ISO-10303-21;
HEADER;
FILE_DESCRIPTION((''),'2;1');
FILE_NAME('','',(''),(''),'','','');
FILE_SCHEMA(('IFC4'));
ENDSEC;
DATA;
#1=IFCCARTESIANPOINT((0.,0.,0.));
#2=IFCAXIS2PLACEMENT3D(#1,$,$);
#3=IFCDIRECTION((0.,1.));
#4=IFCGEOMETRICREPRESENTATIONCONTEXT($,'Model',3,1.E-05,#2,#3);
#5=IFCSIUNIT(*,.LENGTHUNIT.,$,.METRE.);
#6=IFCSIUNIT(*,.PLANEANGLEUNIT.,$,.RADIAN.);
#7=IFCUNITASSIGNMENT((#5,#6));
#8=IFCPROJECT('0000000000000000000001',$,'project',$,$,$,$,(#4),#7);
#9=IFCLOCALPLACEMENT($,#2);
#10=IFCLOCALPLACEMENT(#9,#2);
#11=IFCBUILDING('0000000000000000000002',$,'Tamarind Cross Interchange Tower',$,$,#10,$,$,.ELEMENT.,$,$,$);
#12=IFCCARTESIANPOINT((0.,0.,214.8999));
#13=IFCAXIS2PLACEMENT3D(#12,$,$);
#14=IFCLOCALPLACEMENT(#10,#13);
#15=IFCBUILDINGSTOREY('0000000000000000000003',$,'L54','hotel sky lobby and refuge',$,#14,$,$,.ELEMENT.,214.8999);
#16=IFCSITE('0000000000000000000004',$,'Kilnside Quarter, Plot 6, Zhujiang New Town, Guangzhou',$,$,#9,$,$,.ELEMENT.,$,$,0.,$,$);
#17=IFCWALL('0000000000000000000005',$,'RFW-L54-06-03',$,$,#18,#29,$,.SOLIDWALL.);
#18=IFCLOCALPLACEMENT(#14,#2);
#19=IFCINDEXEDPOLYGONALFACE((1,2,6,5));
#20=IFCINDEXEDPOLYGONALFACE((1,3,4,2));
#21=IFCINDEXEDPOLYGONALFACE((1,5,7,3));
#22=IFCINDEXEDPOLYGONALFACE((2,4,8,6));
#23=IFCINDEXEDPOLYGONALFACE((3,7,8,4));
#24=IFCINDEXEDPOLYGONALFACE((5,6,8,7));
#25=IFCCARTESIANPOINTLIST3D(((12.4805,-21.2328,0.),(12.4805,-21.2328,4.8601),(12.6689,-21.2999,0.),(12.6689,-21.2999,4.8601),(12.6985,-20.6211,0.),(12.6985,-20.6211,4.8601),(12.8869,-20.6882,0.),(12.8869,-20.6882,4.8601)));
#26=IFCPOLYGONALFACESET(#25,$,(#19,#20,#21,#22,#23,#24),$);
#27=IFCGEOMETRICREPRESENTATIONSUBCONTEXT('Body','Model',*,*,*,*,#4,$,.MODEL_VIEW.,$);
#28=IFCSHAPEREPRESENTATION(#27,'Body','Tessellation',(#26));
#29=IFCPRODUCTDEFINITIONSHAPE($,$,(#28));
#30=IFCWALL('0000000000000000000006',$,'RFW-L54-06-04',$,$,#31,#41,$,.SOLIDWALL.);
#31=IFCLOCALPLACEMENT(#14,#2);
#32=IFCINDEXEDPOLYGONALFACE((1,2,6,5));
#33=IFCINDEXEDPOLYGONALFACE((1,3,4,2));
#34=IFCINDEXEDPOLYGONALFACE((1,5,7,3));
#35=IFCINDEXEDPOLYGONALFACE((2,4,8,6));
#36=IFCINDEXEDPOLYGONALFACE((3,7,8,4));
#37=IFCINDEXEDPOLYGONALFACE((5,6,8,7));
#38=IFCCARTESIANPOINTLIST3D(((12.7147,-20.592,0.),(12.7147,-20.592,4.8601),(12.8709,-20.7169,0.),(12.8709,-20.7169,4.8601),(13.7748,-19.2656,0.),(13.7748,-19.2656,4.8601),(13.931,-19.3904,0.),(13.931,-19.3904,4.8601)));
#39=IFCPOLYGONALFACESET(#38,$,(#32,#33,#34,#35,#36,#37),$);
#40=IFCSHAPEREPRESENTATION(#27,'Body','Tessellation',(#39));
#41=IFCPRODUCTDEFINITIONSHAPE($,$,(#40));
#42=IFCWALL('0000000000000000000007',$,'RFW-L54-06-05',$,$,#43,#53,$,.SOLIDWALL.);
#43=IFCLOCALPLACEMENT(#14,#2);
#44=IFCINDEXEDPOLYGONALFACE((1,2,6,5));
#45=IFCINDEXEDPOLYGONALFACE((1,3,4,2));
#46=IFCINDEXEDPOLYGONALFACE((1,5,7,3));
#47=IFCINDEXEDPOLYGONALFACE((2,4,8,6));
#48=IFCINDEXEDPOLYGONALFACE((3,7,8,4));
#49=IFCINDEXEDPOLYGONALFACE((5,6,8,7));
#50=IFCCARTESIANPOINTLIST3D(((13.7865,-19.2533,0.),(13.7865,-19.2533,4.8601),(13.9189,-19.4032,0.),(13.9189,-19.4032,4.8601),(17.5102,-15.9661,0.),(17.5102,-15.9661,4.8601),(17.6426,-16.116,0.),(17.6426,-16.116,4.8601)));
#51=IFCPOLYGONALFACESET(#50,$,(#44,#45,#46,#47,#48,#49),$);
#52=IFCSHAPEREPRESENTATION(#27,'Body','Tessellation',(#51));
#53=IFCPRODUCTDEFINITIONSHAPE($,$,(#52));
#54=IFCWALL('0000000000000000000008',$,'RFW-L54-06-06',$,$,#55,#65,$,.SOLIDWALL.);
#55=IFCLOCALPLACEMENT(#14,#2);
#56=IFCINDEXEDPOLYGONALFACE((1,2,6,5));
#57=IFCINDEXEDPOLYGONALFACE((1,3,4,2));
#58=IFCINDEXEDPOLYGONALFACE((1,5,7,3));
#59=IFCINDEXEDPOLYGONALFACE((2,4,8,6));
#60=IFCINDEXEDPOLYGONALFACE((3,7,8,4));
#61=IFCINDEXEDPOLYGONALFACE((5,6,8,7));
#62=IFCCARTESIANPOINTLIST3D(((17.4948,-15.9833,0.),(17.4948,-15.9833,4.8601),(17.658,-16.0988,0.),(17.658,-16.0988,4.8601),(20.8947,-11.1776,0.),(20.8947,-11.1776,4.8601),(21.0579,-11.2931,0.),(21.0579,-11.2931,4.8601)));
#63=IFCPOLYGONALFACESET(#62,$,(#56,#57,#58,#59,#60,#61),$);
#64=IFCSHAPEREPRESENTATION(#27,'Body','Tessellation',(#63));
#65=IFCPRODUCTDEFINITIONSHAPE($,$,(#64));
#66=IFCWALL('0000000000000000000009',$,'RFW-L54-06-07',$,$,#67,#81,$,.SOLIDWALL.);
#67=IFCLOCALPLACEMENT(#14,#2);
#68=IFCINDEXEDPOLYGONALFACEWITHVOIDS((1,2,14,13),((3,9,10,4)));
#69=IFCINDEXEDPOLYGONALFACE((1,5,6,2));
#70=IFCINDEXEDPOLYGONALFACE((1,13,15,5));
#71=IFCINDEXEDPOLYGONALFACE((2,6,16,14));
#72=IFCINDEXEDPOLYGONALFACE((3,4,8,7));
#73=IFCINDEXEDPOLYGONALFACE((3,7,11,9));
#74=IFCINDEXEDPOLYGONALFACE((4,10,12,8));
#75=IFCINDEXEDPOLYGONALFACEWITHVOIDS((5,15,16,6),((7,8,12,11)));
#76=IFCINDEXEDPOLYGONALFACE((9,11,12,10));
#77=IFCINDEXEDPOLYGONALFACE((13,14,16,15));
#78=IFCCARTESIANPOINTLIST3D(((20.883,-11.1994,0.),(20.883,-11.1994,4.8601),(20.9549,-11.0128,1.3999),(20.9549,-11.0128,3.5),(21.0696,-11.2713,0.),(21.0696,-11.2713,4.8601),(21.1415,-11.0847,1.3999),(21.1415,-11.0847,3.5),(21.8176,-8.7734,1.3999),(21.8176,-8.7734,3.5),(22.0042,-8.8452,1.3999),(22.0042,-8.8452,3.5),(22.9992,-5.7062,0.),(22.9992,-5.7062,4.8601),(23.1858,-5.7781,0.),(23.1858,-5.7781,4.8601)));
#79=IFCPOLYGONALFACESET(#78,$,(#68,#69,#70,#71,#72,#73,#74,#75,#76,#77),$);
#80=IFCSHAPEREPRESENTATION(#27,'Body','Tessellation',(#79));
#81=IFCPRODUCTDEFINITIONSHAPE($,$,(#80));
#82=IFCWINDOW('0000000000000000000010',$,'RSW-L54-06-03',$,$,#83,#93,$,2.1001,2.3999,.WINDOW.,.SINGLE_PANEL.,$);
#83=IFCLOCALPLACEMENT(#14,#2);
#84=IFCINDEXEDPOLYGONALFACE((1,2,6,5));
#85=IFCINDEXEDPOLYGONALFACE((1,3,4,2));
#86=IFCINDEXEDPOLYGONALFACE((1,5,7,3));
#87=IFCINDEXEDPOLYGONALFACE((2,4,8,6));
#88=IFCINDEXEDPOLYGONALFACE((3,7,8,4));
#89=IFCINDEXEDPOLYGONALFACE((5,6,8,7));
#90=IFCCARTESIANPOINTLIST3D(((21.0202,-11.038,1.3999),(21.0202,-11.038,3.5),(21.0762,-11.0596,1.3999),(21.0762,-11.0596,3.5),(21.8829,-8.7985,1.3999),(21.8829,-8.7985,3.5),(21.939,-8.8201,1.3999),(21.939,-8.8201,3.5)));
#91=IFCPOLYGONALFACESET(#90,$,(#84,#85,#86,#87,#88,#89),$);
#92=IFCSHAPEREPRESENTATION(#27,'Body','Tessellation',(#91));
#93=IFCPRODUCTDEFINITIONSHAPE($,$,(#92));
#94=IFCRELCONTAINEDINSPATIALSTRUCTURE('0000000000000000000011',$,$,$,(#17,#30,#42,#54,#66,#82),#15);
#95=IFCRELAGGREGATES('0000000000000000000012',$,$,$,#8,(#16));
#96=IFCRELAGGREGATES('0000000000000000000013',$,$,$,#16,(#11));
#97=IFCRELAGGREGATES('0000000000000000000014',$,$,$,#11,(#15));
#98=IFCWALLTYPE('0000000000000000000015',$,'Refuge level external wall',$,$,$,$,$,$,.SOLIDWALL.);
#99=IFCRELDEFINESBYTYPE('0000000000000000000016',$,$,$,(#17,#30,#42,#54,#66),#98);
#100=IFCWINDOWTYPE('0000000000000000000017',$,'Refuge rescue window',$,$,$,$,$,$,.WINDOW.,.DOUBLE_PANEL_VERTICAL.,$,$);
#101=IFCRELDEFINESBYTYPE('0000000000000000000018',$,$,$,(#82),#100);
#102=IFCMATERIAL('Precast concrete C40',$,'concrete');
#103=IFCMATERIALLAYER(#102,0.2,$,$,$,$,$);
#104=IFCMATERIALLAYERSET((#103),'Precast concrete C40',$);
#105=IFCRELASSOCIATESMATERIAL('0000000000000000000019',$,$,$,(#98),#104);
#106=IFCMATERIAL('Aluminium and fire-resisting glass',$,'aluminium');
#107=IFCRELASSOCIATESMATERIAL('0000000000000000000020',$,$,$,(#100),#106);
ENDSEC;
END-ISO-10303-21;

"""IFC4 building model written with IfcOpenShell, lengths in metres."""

from ifc_helpers import new_model, si_unit, direction, frame, frame_2d, origin, place, context, subcontext, project, spatial, rectangle, extrude, material, layer, layer_set, type_object, element, fill, save


model = new_model("IFC4")

# Units and contexts
model_context = context("Model", 3, precision=1e-05, world=origin(), true_north=direction((0.0, 1.0)))
body_context = subcontext(model_context, "Body", "Model", "MODEL_VIEW")
ifc_project = project(units=[si_unit("LENGTHUNIT", "METRE"), si_unit("PLANEANGLEUNIT", "RADIAN")], contexts=[model_context])

# Site, building, storey
site_placement = place(None, origin())
site = spatial("IfcSite", under=ifc_project, at=site_placement, Name="Kilnside Quarter, Plot 6, Zhujiang New Town, Guangzhou", CompositionType="ELEMENT", RefElevation=0.0)
building_placement = place(site_placement, origin())
building = spatial("IfcBuilding", under=site, at=building_placement, Name="Tamarind Cross Interchange Tower", CompositionType="ELEMENT")
storey_placement = place(building_placement, frame((0.0, 0.0, 214.8999)))
storey = spatial("IfcBuildingStorey", under=building, at=storey_placement, Name="L54", Description="hotel sky lobby and refuge", CompositionType="ELEMENT", Elevation=214.8999)

# Walls
ifc_material_1 = material(Name="Precast concrete C40", Category="concrete")
ifc_layer_1 = layer(ifc_material_1, 0.2)
ifc_layer_set_1 = layer_set([ifc_layer_1], Name="Precast concrete C40")
wall_type_1 = type_object("IfcWallType", Name="Refuge level external wall", PredefinedType="SOLIDWALL", material=ifc_layer_set_1)
wall_1_placement = place(storey_placement, frame((12.5747, -21.2664, 0.0), z_axis=(0.0, 0.0, 1.0), x_axis=(0.33567, 0.94198, 0.0)))
element("IfcWall", 1, at=wall_1_placement, inside=storey, type_object=wall_type_1, Name="RFW-L54-06-03", PredefinedType="SOLIDWALL", context=body_context, shape_type="SweptSolid", body=[
    extrude(rectangle(XDim=0.6494, YDim=0.2, at=frame_2d((0.3247, 0.0))), origin(), (0.0, 0.0, 1.0), 4.8601),
])
wall_2_placement = place(storey_placement, frame((12.7927, -20.6545, 0.0), z_axis=(0.0, 0.0, 1.0), x_axis=(0.624309, 0.781177, 0.0)))
element("IfcWall", 2, at=wall_2_placement, inside=storey, type_object=wall_type_1, Name="RFW-L54-06-04", PredefinedType="SOLIDWALL", context=body_context, shape_type="SweptSolid", body=[
    extrude(rectangle(XDim=1.698, YDim=0.2, at=frame_2d((0.8491, 0.0))), origin(), (0.0, 0.0, 1.0), 4.8601),
])
wall_3_placement = place(storey_placement, frame((13.8528, -19.3281, 0.0), z_axis=(0.0, 0.0, 1.0), x_axis=(0.749683, 0.661797, 0.0)))
element("IfcWall", 3, at=wall_3_placement, inside=storey, type_object=wall_type_1, Name="RFW-L54-06-05", PredefinedType="SOLIDWALL", context=body_context, shape_type="SweptSolid", body=[
    extrude(rectangle(XDim=4.967, YDim=0.2, at=frame_2d((2.4834, 0.0))), origin(), (0.0, 0.0, 1.0), 4.8601),
])
wall_4_placement = place(storey_placement, frame((17.5764, -16.041, 0.0), z_axis=(0.0, 0.0, 1.0), x_axis=(0.577552, 0.816354, 0.0)))
element("IfcWall", 4, at=wall_4_placement, inside=storey, type_object=wall_type_1, Name="RFW-L54-06-06", PredefinedType="SOLIDWALL", context=body_context, shape_type="SweptSolid", body=[
    extrude(rectangle(XDim=5.8867, YDim=0.2, at=frame_2d((2.9434, 0.0))), origin(), (0.0, 0.0, 1.0), 4.8601),
])

# Wall, opening, window
wall_5_placement = place(storey_placement, frame((20.9763, -11.2354, 0.0), z_axis=(0.0, 0.0, 1.0), x_axis=(0.35949, 0.933149, 0.0)))
wall_5 = element("IfcWall", 5, at=wall_5_placement, inside=storey, type_object=wall_type_1, Name="RFW-L54-06-07", PredefinedType="SOLIDWALL", context=body_context, shape_type="SweptSolid", body=[
    extrude(rectangle(XDim=5.8867, YDim=0.2, at=frame_2d((2.9434, 0.0))), origin(), (0.0, 0.0, 1.0), 4.8601),
])
opening_1_placement = place(wall_5_placement, frame((0.2, 0.0, 1.3999)))
opening_1 = element("IfcOpeningElement", 6, at=opening_1_placement, cuts=wall_5, PredefinedType="OPENING", context=body_context, shape_type="SweptSolid", body=[
    extrude(rectangle(XDim=2.3999, YDim=2.1001, at=frame_2d((1.2, 1.05))), frame((0.0, 0.1099, 0.0), z_axis=(0.0, -1.0, 0.0), x_axis=(1.0, 0.0, 0.0)), (0.0, 0.0, 1.0), 0.22),
])
ifc_material_2 = material(Name="Aluminium and fire-resisting glass", Category="aluminium")
window_type = type_object("IfcWindowType", Name="Refuge rescue window", PartitioningType="DOUBLE_PANEL_VERTICAL", PredefinedType="WINDOW", material=ifc_material_2)
window_placement = place(opening_1_placement, origin())
window = element("IfcWindow", 7, at=window_placement, inside=storey, type_object=window_type, Name="RSW-L54-06-03", OverallHeight=2.1001, OverallWidth=2.3999, PartitioningType="SINGLE_PANEL", PredefinedType="WINDOW", context=body_context, shape_type="SweptSolid", body=[
    extrude(rectangle(XDim=2.3999, YDim=2.1001, at=frame_2d((1.2, 1.05))), frame((0.0, 0.03, 0.0), z_axis=(0.0, -1.0, 0.0), x_axis=(1.0, 0.0, 0.0)), (0.0, 0.0, 1.0), 0.0601),
])
fill(opening_1, window)

save(model, "model.ifc")
